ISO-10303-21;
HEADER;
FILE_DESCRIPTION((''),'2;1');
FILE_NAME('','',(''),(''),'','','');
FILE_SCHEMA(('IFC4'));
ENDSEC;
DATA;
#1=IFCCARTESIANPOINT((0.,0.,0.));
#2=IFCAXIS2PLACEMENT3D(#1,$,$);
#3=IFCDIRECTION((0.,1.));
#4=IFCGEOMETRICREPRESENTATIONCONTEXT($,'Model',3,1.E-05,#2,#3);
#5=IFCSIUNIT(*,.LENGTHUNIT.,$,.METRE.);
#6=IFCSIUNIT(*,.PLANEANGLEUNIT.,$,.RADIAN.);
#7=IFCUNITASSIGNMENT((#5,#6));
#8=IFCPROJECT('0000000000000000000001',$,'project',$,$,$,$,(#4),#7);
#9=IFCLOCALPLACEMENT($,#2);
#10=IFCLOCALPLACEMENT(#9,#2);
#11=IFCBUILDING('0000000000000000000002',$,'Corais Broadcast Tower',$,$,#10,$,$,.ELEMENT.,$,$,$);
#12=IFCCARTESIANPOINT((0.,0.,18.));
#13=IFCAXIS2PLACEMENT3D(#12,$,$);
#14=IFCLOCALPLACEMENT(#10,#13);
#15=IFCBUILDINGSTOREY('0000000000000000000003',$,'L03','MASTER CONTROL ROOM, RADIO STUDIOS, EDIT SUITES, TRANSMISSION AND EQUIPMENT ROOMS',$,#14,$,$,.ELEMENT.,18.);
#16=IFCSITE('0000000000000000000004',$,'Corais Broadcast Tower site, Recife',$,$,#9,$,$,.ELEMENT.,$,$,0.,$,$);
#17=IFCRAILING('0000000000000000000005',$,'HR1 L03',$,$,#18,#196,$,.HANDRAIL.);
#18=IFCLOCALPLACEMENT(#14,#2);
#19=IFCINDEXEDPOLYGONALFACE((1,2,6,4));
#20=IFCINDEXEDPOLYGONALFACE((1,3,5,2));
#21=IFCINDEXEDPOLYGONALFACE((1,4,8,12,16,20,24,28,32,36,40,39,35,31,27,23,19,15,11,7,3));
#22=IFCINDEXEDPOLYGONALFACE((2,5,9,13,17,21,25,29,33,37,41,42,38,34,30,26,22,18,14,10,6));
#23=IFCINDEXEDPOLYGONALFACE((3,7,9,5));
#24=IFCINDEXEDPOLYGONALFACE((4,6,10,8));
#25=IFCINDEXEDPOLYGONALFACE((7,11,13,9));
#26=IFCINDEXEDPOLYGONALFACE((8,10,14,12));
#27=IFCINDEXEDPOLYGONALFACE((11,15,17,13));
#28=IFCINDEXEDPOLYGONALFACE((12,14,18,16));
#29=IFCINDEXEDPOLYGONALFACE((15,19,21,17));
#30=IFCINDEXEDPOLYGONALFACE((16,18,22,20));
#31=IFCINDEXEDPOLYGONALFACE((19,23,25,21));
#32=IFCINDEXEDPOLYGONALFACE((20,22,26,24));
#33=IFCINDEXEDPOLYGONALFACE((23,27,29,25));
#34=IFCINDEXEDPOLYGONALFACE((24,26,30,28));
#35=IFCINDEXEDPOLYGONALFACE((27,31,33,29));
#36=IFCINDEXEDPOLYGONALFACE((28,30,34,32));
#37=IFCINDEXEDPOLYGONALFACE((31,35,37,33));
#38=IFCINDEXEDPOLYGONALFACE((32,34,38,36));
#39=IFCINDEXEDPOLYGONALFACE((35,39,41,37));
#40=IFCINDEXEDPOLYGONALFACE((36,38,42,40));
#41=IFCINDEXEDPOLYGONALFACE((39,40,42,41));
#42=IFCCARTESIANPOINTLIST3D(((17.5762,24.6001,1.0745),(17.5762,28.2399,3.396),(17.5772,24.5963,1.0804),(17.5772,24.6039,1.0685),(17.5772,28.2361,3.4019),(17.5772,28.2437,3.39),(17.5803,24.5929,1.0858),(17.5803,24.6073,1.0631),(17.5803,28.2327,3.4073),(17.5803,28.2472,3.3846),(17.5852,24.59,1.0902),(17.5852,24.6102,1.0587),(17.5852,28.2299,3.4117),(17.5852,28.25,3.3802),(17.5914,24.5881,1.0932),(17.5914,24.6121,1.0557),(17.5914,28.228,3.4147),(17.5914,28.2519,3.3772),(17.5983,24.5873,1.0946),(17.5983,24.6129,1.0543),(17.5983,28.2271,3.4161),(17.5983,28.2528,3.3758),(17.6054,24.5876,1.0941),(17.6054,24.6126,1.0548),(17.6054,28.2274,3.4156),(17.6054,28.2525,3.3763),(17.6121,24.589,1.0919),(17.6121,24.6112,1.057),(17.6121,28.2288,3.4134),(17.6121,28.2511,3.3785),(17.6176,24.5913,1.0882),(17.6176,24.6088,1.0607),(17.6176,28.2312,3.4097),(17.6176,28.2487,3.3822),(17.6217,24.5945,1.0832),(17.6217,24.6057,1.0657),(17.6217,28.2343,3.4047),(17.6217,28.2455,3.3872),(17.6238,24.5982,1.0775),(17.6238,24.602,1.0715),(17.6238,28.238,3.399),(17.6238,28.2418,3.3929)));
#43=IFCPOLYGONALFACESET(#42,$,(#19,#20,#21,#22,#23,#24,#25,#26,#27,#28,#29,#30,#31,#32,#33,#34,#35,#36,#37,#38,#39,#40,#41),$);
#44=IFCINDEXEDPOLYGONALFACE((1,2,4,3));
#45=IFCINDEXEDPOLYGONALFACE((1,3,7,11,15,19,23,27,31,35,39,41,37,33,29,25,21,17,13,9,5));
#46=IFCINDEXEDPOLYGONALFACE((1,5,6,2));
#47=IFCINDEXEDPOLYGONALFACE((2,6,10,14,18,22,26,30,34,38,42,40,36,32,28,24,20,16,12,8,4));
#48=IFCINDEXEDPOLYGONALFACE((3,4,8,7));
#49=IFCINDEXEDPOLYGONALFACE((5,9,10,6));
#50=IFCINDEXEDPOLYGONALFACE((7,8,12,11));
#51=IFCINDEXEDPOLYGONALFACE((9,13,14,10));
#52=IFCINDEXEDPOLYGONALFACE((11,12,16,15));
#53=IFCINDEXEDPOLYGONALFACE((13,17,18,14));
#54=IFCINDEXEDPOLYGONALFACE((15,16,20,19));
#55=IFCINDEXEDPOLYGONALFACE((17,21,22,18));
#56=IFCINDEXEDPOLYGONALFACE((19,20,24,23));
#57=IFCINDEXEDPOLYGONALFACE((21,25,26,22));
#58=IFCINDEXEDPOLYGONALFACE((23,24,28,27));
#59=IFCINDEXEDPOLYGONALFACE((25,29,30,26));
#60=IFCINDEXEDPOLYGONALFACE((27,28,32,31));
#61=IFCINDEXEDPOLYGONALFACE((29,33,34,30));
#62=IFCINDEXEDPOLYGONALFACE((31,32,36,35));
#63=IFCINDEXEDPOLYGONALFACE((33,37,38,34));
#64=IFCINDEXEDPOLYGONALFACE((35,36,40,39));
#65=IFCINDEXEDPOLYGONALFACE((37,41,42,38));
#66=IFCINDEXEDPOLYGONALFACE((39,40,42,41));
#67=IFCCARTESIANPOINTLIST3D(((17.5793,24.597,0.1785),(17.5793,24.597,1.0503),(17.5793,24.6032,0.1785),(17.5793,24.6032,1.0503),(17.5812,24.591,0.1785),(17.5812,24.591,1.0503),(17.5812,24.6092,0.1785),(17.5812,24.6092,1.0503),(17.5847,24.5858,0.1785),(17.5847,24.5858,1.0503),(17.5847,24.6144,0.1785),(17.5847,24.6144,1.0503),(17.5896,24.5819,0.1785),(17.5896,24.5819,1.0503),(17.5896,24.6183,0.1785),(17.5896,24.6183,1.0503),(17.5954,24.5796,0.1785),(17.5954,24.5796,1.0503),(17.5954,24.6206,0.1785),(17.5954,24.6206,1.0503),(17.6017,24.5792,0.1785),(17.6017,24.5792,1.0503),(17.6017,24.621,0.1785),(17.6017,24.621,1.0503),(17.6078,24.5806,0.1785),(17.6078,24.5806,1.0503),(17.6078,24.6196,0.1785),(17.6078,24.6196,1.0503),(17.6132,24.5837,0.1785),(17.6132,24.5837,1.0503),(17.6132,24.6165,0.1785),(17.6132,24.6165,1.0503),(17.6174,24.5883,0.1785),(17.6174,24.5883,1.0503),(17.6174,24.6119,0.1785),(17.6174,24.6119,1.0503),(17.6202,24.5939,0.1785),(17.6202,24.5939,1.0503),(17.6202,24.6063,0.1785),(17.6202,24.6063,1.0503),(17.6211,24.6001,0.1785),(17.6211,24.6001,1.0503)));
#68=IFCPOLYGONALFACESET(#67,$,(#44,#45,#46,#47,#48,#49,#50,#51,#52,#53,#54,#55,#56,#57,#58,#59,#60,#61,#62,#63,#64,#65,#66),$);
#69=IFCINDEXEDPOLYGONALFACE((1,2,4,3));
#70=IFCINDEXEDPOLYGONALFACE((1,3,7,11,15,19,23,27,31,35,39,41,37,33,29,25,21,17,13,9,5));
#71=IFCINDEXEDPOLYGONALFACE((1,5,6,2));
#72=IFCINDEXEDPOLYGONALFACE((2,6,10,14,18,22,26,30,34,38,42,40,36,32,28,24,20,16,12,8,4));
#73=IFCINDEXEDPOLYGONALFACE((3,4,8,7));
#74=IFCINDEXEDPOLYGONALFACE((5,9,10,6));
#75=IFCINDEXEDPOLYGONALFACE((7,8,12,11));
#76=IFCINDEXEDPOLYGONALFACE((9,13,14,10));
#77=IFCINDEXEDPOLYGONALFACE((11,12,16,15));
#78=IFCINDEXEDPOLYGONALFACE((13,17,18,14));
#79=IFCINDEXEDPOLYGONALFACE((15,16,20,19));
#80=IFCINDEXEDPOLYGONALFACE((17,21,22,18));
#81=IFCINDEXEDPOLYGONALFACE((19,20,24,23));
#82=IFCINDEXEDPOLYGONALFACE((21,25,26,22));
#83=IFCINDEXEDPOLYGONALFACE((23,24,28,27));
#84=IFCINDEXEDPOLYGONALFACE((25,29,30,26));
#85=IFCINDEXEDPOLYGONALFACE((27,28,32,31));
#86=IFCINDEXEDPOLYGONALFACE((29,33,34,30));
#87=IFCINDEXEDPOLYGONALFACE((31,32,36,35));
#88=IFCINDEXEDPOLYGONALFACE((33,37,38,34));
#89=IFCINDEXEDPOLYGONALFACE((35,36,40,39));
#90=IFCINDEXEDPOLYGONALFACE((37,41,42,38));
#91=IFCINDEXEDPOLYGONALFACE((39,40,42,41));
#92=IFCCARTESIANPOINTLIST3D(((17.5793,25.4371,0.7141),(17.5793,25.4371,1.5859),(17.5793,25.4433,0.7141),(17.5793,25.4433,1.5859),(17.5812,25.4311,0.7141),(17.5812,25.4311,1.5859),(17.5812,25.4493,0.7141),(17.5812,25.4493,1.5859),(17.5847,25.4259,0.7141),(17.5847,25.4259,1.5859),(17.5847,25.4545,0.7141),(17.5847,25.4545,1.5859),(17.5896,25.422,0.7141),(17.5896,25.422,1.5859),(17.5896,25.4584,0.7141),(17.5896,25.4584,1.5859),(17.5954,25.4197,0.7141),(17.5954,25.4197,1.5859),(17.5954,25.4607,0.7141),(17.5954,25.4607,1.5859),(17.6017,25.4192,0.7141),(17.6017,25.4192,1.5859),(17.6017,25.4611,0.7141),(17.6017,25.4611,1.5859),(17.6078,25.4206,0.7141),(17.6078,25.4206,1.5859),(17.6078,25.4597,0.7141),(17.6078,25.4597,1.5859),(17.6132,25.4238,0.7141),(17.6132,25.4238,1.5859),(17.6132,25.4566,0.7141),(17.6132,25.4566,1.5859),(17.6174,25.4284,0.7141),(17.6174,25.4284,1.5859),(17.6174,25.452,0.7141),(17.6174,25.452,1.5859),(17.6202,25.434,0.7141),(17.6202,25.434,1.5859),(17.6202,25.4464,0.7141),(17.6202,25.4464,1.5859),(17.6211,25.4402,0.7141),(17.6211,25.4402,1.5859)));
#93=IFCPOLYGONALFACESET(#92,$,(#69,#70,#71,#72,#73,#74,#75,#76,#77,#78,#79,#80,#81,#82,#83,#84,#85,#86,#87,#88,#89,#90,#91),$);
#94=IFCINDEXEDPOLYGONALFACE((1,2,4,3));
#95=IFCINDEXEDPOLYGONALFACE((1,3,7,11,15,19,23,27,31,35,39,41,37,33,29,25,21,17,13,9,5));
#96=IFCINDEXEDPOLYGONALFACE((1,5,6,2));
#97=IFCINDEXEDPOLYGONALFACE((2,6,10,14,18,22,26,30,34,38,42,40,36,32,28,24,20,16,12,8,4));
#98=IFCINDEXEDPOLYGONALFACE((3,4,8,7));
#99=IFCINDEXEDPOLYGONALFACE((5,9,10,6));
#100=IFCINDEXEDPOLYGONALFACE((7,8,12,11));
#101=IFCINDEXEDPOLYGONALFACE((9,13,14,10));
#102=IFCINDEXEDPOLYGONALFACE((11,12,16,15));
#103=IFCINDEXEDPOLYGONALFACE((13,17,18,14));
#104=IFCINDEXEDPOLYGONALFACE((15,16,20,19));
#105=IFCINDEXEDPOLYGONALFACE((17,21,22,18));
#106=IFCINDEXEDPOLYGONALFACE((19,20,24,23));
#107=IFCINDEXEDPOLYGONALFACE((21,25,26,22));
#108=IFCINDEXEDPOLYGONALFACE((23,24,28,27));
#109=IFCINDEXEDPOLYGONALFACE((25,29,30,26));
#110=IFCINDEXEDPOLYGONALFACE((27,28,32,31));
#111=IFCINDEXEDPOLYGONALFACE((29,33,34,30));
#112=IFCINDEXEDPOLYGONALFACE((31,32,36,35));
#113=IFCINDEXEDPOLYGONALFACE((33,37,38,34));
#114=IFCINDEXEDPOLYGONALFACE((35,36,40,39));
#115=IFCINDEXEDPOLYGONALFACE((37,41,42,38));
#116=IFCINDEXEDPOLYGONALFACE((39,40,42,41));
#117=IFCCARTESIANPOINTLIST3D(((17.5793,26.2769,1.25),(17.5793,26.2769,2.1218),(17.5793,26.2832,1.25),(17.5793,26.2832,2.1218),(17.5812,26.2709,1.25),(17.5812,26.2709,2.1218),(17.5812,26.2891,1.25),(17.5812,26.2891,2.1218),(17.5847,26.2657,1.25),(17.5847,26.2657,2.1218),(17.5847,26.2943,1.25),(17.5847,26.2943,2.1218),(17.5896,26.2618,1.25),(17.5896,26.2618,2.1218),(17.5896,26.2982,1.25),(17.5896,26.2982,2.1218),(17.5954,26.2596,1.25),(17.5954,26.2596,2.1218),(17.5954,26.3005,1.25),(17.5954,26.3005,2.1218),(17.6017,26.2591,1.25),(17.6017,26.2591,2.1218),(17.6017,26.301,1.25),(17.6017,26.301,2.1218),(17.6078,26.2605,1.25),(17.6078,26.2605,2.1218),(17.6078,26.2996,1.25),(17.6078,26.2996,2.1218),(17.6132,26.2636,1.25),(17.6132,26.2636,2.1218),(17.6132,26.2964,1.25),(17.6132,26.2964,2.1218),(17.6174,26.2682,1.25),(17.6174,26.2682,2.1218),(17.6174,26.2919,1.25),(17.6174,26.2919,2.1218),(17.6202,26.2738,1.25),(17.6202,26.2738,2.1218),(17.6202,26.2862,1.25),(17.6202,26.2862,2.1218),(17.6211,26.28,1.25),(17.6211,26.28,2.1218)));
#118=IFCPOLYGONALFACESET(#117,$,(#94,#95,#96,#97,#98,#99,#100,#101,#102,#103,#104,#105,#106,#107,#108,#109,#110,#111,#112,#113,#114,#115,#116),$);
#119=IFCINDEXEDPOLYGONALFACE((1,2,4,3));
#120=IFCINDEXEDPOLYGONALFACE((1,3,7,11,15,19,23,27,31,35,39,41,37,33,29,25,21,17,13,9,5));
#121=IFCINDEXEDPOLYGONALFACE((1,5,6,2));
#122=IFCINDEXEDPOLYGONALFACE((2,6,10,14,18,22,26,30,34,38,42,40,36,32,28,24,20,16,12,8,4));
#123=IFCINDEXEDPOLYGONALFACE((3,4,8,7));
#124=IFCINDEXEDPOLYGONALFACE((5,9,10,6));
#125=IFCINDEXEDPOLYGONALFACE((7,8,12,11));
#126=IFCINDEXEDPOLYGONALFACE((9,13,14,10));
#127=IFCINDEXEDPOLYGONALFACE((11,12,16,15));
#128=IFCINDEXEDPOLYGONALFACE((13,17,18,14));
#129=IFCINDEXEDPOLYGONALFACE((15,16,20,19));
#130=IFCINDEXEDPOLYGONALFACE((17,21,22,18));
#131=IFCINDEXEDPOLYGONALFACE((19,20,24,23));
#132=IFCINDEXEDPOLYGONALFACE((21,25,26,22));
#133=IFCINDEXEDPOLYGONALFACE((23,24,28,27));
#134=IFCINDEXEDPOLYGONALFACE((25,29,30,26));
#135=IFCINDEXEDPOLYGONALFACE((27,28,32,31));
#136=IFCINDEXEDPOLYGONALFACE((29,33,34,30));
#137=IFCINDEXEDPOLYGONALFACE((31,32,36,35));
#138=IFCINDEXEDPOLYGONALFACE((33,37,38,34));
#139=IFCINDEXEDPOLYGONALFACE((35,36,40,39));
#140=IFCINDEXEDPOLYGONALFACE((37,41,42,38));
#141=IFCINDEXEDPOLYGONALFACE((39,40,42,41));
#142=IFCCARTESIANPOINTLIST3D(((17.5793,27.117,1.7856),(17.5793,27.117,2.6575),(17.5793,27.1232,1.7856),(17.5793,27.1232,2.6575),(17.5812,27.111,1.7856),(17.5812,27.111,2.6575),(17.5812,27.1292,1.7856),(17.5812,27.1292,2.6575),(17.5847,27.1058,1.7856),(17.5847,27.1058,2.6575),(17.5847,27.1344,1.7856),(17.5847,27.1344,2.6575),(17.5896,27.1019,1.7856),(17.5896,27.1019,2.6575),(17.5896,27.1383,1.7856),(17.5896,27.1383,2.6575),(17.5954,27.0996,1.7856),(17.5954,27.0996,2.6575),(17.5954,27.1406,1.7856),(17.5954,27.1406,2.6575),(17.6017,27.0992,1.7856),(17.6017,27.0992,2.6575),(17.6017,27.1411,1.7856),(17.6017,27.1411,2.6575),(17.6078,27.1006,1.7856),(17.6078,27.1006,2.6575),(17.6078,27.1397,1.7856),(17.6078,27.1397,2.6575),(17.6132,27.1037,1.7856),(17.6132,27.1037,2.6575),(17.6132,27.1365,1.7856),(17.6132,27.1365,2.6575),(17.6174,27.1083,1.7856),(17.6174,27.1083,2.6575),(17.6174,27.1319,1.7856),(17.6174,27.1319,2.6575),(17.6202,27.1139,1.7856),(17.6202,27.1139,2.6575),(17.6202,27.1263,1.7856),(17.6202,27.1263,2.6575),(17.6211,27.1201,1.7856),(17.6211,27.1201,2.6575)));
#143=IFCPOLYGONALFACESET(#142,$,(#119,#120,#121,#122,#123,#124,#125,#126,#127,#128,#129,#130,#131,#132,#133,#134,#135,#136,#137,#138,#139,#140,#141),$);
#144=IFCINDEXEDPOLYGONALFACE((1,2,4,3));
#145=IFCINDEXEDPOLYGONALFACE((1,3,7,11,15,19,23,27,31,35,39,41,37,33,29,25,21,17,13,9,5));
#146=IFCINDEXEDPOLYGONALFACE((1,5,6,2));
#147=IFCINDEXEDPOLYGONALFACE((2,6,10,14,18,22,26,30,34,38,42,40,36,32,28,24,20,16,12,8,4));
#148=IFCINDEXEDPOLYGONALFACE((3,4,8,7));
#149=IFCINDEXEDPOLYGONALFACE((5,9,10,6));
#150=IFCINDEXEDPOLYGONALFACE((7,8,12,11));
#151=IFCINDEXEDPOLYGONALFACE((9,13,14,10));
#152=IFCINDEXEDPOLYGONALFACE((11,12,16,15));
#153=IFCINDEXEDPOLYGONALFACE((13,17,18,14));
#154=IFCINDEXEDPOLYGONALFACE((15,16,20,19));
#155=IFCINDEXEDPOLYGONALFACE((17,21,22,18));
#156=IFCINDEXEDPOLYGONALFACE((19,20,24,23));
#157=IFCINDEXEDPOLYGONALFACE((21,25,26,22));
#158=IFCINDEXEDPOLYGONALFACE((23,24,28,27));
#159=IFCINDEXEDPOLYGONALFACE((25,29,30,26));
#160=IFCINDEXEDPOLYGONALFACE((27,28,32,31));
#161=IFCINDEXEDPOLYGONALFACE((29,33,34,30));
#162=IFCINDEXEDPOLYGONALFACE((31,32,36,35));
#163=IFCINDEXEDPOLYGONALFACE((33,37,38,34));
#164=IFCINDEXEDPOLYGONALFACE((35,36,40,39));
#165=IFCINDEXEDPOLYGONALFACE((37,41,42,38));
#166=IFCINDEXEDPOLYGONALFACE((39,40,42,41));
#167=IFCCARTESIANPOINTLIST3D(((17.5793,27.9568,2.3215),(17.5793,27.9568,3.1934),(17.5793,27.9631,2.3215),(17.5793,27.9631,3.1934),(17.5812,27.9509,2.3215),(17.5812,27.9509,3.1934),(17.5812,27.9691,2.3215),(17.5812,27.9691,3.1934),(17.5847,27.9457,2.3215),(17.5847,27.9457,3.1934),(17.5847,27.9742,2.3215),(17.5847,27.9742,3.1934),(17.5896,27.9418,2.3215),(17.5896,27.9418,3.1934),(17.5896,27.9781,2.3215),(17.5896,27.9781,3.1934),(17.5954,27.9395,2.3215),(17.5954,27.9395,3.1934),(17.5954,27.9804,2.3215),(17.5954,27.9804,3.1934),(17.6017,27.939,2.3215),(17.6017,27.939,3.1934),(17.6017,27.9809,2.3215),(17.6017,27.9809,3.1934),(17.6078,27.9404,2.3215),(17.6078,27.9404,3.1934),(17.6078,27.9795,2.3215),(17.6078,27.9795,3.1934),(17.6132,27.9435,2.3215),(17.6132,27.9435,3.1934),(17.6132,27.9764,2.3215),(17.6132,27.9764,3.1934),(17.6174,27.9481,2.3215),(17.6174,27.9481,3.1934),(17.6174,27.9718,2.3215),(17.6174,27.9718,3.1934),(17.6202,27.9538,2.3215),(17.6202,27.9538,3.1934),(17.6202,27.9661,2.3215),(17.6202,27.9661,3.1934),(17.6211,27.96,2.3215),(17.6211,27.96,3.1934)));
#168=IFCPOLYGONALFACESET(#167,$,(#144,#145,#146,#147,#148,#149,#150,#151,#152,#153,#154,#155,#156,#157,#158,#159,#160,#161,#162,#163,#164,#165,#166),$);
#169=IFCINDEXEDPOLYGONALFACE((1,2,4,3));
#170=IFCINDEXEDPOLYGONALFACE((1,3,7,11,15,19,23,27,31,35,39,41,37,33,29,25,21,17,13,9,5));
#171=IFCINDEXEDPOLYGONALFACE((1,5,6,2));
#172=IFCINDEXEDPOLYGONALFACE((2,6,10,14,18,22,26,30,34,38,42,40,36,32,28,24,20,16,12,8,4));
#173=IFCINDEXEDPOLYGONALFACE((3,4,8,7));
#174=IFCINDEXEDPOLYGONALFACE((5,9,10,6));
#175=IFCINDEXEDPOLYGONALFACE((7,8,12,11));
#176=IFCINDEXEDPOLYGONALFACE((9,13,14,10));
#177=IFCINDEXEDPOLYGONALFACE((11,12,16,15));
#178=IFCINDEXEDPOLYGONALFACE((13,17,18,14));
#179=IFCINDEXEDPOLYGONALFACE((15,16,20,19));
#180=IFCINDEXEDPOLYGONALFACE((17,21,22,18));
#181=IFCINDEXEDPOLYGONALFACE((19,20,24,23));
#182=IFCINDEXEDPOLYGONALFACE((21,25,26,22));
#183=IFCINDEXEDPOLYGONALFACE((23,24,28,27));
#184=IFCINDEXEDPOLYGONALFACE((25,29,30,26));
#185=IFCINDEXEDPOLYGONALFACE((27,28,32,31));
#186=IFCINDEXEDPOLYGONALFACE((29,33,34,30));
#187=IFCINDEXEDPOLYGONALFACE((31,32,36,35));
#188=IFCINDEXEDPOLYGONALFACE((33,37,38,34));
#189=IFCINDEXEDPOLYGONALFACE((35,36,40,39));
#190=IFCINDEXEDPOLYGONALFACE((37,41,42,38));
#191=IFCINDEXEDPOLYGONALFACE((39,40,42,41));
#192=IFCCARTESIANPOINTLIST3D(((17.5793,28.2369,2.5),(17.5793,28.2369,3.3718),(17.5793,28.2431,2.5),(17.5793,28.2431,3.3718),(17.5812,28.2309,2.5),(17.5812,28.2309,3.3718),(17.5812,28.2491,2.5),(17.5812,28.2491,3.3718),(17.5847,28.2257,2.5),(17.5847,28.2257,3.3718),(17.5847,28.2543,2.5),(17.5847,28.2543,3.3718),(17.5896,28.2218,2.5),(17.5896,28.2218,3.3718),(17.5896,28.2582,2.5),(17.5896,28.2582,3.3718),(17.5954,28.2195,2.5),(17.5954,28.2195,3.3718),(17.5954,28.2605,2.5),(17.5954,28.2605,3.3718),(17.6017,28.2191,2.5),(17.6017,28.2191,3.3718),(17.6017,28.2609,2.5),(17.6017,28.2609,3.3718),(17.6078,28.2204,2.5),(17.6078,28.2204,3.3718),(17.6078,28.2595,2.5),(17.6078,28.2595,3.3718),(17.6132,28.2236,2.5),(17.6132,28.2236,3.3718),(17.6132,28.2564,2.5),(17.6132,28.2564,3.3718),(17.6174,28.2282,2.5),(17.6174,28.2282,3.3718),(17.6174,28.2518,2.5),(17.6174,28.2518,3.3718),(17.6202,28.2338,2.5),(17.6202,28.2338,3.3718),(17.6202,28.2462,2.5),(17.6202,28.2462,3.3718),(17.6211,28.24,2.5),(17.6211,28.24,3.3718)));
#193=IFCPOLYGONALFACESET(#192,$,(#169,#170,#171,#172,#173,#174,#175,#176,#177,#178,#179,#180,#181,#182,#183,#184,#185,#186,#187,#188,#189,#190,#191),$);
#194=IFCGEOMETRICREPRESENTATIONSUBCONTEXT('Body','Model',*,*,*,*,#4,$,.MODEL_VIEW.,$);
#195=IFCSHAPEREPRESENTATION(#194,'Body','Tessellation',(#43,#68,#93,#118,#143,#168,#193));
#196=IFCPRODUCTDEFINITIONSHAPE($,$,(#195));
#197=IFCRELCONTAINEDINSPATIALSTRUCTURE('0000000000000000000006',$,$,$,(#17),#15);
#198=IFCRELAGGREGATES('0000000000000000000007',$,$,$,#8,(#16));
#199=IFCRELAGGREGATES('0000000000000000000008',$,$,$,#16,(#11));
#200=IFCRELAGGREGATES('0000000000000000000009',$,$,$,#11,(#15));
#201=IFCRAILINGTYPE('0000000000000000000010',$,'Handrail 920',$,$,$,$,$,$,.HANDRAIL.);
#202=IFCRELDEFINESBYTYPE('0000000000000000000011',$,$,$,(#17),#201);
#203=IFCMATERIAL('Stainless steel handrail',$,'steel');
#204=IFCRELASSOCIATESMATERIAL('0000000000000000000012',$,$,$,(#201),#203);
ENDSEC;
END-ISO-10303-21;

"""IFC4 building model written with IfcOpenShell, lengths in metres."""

from ifc_helpers import new_model, si_unit, direction, frame, origin, origin_2d, place, context, subcontext, project, spatial, circle, extrude, material, type_object, element, save


model = new_model("IFC4")

# Units and contexts
model_context = context("Model", 3, precision=1e-05, world=origin(), true_north=direction((0.0, 1.0)))
body_context = subcontext(model_context, "Body", "Model", "MODEL_VIEW")
ifc_project = project(units=[si_unit("LENGTHUNIT", "METRE"), si_unit("PLANEANGLEUNIT", "RADIAN")], contexts=[model_context])

# Site, building, storey
site_placement = place(None, origin())
site = spatial("IfcSite", under=ifc_project, at=site_placement, Name="Corais Broadcast Tower site, Recife", CompositionType="ELEMENT", RefElevation=0.0)
building_placement = place(site_placement, origin())
building = spatial("IfcBuilding", under=site, at=building_placement, Name="Corais Broadcast Tower", CompositionType="ELEMENT")
storey_placement = place(building_placement, frame((0.0, 0.0, 18.0)))
storey = spatial("IfcBuildingStorey", under=building, at=storey_placement, Name="L03", Description="MASTER CONTROL ROOM, RADIO STUDIOS, EDIT SUITES, TRANSMISSION AND EQUIPMENT ROOMS", CompositionType="ELEMENT", Elevation=18.0)

# Railing
ifc_material_1 = material(Name="Stainless steel handrail", Category="steel")
railing_type = type_object("IfcRailingType", Name="Handrail 920", PredefinedType="HANDRAIL", material=ifc_material_1)
for number, where, name in (
    (1, (17.6001, 24.6001, 0.1785), "HR1 L03"),
):
    element("IfcRailing", number, at=place(storey_placement, frame(where)), inside=storey, type_object=railing_type, Name=name, PredefinedType="HANDRAIL", context=body_context, shape_type="SweptSolid", body=[
        extrude(circle(Radius=0.0239, at=origin_2d()), frame((0.0, 0.0, 0.896), z_axis=(0.0, 0.843112, 0.537739), x_axis=(-1.0, 0.0, 0.0)), (0.0, 0.0, 1.0), 4.3171),
        extrude(circle(Radius=0.021, at=origin_2d()), origin(), (0.0, 0.0, 1.0), 0.8718),
        extrude(circle(Radius=0.021, at=origin_2d()), frame((0.0, 0.8401, 0.5356)), (0.0, 0.0, 1.0), 0.8718),
        extrude(circle(Radius=0.021, at=origin_2d()), frame((0.0, 1.6799, 1.0715)), (0.0, 0.0, 1.0), 0.8718),
        extrude(circle(Radius=0.021, at=origin_2d()), frame((0.0, 2.52, 1.6072)), (0.0, 0.0, 1.0), 0.8718),
        extrude(circle(Radius=0.021, at=origin_2d()), frame((0.0, 3.3599, 2.1431)), (0.0, 0.0, 1.0), 0.8718),
        extrude(circle(Radius=0.021, at=origin_2d()), frame((0.0, 3.6399, 2.3215)), (0.0, 0.0, 1.0), 0.8718),
    ])

save(model, "model.ifc")
